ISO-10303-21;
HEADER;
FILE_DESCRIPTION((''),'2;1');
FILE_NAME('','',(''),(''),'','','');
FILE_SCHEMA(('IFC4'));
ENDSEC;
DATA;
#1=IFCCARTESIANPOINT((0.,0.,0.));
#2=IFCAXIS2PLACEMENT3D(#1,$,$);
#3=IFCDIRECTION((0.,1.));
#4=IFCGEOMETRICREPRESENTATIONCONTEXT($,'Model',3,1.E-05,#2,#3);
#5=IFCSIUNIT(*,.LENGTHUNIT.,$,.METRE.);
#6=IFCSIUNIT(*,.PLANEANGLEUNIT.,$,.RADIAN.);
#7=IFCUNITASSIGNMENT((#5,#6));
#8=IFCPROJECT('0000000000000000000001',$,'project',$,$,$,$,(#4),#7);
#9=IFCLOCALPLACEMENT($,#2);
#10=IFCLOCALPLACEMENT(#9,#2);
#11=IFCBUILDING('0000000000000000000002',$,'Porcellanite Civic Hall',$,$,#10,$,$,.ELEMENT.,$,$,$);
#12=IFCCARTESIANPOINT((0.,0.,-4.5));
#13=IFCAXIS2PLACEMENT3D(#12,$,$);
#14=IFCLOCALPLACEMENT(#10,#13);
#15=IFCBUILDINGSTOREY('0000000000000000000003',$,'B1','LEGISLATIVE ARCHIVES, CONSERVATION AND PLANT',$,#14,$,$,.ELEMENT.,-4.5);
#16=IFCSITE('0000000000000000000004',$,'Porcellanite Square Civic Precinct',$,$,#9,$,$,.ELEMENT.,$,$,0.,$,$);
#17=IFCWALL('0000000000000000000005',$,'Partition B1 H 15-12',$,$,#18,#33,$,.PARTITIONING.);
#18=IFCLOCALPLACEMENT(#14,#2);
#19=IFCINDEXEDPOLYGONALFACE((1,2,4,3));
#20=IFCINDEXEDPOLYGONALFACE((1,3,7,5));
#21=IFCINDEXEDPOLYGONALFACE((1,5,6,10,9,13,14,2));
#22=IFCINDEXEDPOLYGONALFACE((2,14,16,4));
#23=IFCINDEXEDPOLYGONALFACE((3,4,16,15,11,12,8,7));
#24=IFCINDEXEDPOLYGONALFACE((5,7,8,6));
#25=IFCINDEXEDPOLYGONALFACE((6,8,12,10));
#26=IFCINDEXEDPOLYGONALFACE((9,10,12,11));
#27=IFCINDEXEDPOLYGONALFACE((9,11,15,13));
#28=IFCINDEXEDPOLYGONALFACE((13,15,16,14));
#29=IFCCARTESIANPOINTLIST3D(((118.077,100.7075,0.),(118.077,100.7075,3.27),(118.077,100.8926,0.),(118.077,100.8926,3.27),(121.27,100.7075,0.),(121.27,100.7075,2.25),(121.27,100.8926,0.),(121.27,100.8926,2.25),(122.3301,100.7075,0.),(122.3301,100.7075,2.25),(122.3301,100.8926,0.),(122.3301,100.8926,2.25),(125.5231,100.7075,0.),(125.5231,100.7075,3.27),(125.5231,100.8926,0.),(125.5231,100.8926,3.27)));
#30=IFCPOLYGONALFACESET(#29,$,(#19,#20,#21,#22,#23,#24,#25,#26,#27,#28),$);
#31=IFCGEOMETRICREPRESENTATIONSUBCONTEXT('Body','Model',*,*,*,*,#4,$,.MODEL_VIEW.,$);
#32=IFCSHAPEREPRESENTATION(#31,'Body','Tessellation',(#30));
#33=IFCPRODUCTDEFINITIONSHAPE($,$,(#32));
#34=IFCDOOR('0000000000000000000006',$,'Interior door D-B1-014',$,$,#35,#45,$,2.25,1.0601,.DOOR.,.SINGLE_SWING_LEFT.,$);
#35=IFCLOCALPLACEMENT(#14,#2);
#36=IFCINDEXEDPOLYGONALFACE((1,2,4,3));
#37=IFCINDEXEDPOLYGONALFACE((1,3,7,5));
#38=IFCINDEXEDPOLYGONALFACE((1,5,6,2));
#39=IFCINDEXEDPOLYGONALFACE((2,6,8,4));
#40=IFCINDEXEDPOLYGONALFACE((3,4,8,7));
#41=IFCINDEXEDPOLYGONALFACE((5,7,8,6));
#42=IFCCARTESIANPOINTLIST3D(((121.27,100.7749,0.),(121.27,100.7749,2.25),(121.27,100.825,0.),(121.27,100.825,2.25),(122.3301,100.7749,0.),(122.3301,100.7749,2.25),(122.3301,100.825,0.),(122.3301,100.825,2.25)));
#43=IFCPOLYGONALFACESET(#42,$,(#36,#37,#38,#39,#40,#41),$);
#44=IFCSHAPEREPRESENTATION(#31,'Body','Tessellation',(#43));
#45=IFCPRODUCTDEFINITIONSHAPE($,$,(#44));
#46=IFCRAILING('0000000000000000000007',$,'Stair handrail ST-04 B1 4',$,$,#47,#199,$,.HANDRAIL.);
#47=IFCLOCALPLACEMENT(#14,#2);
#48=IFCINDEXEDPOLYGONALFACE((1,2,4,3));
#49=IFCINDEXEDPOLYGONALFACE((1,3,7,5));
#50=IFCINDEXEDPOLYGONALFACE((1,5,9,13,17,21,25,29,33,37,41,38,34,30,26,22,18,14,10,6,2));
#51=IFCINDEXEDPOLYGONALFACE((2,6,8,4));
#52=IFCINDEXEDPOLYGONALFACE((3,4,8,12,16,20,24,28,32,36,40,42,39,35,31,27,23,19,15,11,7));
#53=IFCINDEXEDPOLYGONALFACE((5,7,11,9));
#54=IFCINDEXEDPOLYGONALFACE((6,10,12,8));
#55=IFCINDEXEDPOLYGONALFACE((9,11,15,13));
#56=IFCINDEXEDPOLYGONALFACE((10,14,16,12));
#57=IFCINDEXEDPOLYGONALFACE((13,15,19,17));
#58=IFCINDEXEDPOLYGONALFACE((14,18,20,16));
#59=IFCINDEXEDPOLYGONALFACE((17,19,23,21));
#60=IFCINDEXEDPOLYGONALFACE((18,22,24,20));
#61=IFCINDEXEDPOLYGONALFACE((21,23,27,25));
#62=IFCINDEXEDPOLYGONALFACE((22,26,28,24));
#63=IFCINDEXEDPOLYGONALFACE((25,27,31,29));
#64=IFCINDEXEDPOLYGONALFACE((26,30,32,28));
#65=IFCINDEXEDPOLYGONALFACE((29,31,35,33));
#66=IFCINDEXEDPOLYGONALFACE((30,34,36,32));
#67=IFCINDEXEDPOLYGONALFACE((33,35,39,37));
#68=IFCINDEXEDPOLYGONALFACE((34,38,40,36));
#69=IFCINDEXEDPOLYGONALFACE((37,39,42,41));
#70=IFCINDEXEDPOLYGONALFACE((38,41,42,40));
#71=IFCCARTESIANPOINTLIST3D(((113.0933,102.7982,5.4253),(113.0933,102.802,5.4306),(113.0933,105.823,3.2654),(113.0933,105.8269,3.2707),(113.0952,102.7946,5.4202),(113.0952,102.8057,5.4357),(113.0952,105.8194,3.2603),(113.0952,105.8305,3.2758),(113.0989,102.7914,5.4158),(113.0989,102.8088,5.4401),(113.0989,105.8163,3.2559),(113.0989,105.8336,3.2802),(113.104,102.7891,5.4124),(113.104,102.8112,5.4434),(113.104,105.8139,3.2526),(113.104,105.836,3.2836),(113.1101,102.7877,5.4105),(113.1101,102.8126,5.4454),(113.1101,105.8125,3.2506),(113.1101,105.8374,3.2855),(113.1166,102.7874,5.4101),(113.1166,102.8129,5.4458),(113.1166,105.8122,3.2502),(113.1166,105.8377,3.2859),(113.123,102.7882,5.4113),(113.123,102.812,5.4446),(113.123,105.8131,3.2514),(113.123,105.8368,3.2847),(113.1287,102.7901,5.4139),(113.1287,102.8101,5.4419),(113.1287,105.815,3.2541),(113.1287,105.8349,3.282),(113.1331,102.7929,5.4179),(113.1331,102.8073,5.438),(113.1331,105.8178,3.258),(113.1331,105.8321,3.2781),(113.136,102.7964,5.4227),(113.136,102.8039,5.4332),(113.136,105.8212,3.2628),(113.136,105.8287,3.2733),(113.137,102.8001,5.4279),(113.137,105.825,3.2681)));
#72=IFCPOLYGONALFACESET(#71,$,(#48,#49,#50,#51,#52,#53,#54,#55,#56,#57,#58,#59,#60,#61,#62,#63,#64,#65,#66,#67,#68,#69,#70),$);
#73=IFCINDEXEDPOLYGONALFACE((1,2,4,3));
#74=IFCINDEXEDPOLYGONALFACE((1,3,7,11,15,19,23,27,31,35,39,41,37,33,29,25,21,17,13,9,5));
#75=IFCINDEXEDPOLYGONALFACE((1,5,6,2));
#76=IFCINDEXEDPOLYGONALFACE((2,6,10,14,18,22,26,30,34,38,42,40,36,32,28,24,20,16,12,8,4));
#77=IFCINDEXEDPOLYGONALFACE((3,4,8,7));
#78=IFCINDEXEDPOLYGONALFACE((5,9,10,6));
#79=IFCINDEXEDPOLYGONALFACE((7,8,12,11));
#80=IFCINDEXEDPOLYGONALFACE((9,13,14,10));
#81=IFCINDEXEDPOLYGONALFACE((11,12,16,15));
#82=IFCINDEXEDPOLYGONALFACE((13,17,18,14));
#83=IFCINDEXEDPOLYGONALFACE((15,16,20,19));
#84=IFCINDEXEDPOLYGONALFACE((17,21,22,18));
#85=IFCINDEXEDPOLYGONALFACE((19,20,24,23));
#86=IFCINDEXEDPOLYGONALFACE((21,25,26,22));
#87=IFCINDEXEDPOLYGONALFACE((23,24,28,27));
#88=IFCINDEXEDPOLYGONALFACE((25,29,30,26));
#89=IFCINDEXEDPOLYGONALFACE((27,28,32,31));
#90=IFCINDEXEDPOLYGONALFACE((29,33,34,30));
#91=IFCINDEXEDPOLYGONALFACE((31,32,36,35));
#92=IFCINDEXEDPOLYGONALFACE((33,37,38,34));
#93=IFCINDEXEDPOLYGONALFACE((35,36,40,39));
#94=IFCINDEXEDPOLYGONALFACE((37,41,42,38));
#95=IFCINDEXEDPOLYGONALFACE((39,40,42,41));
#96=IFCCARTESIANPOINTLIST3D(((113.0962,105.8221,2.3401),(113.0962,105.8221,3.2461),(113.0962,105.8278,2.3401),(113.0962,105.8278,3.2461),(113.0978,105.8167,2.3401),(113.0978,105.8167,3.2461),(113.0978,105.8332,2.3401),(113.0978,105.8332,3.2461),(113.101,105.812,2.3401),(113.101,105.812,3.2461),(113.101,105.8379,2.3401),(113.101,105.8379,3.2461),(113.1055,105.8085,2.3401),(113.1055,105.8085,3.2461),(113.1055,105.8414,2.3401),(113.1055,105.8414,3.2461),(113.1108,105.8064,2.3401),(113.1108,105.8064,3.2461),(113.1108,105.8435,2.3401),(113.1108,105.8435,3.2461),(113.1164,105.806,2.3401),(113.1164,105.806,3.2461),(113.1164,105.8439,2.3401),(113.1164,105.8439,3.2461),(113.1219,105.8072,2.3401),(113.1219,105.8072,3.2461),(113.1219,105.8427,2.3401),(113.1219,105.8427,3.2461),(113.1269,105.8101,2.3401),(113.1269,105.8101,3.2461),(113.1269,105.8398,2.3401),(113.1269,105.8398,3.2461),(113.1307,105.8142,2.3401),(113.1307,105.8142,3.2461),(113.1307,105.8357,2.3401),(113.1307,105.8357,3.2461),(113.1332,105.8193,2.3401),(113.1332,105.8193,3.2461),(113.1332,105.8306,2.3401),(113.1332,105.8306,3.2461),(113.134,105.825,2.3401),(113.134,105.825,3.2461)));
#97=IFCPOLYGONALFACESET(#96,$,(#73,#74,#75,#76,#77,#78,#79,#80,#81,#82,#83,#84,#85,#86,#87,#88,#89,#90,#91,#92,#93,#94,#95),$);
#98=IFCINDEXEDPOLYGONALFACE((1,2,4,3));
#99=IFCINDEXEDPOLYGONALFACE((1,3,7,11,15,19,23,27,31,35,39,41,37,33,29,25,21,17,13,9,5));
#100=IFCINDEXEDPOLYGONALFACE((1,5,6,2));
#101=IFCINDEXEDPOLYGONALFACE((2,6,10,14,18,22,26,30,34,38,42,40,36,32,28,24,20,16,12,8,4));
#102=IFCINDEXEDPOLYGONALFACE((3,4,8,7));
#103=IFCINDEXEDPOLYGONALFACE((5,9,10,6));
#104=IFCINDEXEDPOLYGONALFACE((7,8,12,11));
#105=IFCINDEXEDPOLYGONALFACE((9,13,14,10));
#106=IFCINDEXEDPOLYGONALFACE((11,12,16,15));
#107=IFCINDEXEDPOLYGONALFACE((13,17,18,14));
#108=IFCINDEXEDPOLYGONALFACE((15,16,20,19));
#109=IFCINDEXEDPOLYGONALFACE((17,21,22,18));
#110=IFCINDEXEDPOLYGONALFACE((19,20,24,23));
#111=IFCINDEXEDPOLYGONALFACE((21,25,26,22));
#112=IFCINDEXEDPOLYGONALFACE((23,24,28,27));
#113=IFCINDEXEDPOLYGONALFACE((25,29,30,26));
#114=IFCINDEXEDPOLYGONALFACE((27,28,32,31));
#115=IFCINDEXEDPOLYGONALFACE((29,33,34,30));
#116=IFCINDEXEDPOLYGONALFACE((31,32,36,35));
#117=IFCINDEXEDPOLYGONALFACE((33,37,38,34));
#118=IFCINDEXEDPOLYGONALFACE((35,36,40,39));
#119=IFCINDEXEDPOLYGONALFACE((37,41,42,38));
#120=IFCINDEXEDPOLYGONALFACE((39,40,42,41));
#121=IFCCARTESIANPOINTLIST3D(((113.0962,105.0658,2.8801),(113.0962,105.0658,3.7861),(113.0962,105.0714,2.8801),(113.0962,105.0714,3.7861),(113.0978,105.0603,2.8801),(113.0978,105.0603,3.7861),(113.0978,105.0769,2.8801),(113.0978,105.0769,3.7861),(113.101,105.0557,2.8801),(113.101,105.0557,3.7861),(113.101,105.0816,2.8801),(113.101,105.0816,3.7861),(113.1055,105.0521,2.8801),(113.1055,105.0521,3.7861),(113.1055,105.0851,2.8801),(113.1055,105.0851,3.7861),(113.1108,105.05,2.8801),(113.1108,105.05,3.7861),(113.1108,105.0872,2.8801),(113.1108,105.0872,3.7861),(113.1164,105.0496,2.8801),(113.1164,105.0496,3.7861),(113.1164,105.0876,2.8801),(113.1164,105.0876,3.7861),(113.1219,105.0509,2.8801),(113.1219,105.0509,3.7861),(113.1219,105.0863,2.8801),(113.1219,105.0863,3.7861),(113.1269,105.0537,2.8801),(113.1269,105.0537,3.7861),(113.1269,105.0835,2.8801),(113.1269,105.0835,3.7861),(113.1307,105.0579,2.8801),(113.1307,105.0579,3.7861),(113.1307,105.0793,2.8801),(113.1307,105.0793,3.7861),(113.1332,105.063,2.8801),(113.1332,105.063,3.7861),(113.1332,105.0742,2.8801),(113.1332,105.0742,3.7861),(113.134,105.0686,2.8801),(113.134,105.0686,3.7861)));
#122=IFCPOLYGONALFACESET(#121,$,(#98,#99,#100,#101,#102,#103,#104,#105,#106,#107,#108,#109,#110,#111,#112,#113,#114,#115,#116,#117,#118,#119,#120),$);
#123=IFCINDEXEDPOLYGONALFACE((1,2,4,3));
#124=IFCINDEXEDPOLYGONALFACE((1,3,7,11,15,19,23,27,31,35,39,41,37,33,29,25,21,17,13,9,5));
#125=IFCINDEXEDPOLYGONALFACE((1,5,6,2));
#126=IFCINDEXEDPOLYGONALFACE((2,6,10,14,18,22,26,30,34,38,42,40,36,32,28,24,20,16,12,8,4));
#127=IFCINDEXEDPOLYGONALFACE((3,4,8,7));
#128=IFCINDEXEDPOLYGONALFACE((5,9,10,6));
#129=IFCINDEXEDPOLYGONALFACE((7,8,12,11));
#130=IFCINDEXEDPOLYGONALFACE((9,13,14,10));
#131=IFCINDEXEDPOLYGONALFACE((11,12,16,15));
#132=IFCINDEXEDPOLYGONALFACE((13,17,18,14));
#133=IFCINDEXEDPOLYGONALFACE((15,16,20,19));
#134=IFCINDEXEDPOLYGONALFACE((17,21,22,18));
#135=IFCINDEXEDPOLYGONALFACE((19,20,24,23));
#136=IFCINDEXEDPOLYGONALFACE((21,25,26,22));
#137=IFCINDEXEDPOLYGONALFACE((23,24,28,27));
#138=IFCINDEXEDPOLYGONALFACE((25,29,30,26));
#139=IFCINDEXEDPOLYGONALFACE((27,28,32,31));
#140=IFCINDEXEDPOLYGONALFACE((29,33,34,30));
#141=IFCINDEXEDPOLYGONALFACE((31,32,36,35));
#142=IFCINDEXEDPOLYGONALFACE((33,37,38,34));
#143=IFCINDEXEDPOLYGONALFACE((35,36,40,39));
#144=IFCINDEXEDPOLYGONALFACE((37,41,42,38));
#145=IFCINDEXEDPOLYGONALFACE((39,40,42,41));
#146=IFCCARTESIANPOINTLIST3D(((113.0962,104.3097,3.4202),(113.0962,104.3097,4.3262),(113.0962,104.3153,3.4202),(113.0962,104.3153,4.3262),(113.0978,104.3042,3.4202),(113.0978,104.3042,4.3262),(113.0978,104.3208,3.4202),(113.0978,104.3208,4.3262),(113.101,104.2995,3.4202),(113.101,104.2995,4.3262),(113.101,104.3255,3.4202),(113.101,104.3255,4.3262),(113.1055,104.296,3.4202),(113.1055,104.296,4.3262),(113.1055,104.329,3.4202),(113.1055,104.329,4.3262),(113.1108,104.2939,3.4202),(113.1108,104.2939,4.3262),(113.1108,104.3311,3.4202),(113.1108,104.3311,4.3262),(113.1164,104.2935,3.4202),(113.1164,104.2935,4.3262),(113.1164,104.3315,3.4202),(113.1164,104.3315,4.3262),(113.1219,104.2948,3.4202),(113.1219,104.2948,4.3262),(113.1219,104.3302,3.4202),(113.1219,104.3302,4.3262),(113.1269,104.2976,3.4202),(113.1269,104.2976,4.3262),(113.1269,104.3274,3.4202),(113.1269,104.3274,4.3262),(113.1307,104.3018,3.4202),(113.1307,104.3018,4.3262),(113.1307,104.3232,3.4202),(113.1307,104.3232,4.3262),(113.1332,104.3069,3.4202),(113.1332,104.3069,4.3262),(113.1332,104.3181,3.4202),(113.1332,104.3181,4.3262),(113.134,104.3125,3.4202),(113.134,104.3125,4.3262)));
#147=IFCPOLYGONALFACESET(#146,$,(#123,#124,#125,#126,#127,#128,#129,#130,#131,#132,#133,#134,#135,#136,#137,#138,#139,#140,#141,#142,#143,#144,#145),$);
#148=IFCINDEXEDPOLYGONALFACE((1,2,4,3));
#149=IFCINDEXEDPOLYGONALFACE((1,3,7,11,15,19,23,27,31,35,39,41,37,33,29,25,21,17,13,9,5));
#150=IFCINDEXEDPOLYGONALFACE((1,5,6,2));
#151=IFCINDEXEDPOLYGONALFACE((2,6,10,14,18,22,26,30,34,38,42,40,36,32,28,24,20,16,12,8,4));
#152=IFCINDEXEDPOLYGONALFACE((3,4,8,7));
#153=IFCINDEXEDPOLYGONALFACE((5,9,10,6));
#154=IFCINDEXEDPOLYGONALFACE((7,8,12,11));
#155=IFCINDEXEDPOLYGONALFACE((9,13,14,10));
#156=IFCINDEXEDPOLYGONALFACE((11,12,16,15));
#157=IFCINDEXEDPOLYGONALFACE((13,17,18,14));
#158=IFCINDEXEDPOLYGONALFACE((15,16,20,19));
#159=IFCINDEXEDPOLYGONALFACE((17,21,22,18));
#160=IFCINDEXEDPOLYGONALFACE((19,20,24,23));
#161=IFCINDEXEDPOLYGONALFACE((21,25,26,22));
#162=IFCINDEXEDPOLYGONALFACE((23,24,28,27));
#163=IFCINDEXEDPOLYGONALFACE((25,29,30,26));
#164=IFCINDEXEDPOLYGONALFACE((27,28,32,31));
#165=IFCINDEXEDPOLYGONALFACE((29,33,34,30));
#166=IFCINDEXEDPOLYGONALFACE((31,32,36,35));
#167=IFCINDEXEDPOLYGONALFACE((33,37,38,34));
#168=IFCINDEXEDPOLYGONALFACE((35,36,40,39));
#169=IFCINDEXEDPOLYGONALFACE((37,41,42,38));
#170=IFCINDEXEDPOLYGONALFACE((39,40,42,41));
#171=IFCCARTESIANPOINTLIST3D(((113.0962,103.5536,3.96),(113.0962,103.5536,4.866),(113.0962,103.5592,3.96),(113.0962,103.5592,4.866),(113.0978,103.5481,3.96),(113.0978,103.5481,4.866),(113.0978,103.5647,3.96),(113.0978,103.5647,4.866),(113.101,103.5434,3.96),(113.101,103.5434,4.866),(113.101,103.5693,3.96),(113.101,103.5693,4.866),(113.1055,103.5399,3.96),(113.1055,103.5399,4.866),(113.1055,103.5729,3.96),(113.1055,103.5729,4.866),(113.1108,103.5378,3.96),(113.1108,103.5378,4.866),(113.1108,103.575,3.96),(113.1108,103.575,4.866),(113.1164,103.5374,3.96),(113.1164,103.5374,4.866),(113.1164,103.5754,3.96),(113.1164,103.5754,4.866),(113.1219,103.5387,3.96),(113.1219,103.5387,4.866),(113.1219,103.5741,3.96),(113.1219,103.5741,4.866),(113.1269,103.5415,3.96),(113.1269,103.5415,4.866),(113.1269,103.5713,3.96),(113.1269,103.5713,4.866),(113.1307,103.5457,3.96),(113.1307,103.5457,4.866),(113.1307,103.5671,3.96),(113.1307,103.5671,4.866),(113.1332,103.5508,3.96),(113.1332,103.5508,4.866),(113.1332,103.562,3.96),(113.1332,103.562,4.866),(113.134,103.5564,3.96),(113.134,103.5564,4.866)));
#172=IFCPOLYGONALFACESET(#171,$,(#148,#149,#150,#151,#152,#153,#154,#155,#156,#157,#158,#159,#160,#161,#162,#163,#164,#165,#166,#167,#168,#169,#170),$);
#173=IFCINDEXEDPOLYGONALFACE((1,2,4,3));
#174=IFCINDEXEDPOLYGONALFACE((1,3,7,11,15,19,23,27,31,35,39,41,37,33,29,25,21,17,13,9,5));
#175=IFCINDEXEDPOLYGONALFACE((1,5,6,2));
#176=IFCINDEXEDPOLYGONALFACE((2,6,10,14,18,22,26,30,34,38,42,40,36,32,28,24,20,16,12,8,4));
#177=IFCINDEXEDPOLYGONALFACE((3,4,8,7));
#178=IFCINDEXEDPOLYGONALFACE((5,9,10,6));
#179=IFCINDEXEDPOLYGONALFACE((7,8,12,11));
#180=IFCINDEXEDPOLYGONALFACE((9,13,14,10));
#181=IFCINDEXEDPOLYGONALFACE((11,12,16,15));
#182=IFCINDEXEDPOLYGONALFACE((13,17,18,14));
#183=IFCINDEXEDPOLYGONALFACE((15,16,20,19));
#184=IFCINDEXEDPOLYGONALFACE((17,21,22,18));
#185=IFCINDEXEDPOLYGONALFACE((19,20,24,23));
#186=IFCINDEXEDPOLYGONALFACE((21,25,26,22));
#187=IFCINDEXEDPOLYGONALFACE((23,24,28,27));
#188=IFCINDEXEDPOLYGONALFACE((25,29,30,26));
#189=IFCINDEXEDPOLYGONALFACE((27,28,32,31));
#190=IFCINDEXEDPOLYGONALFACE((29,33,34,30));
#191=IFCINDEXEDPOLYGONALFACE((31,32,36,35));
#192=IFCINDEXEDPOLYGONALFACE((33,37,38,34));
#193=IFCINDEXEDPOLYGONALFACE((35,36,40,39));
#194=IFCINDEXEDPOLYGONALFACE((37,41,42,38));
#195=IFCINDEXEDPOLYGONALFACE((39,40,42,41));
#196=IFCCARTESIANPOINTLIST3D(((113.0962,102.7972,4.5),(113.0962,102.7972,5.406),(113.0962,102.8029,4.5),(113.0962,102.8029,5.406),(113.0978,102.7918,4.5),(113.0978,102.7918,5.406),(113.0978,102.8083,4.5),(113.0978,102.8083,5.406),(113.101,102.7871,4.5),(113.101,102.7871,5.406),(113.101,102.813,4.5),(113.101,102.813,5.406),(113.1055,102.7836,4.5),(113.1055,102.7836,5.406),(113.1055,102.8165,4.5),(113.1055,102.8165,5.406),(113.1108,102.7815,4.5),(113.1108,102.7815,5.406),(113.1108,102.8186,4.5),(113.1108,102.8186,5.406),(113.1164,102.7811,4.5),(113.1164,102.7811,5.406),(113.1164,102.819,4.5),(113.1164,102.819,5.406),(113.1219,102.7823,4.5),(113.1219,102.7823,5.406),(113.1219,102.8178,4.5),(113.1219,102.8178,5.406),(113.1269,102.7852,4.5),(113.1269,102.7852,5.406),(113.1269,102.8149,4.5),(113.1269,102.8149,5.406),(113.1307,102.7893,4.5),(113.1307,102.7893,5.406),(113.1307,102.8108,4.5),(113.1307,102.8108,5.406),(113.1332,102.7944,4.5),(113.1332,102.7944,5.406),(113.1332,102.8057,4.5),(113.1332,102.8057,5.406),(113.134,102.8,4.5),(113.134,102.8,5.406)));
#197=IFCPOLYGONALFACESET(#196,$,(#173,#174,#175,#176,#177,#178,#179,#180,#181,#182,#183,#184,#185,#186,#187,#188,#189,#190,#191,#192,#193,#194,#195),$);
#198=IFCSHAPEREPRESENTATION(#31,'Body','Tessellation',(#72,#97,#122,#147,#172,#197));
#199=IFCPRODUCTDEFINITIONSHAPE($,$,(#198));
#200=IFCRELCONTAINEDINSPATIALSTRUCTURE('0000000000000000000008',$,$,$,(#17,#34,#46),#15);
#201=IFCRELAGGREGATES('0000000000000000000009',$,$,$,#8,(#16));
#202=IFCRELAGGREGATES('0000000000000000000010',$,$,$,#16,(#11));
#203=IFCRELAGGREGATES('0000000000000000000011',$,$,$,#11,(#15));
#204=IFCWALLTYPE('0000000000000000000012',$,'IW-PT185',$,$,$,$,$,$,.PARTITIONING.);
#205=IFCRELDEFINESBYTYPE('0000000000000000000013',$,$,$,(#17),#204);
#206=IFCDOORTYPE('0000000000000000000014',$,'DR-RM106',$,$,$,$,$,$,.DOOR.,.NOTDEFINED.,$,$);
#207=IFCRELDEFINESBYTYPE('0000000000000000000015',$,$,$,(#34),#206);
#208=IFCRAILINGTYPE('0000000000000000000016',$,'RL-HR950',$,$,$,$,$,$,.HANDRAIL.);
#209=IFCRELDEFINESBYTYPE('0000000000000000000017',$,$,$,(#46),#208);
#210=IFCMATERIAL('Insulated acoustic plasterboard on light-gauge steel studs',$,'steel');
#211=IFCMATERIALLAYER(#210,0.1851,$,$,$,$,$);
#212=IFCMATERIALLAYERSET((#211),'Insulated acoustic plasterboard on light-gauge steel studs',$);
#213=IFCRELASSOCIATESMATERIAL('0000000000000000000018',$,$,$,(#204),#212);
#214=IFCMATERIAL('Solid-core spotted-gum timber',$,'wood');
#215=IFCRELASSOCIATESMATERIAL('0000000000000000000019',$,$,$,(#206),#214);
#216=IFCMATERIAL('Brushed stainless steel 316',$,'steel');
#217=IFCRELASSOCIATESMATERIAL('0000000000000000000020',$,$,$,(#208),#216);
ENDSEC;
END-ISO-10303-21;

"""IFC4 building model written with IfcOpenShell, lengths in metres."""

from ifc_helpers import new_model, si_unit, direction, frame, frame_2d, origin, origin_2d, place, context, subcontext, project, spatial, rectangle, circle, extrude, material, layer, layer_set, type_object, element, fill, save


model = new_model("IFC4")

# Units and contexts
model_context = context("Model", 3, precision=1e-05, world=origin(), true_north=direction((0.0, 1.0)))
body_context = subcontext(model_context, "Body", "Model", "MODEL_VIEW")
ifc_project = project(units=[si_unit("LENGTHUNIT", "METRE"), si_unit("PLANEANGLEUNIT", "RADIAN")], contexts=[model_context])

# Site, building, storey
site_placement = place(None, origin())
site = spatial("IfcSite", under=ifc_project, at=site_placement, Name="Porcellanite Square Civic Precinct", CompositionType="ELEMENT", RefElevation=0.0)
building_placement = place(site_placement, origin())
building = spatial("IfcBuilding", under=site, at=building_placement, Name="Porcellanite Civic Hall", CompositionType="ELEMENT")
storey_placement = place(building_placement, frame((0.0, 0.0, -4.5)))
storey = spatial("IfcBuildingStorey", under=building, at=storey_placement, Name="B1", Description="LEGISLATIVE ARCHIVES, CONSERVATION AND PLANT", CompositionType="ELEMENT", Elevation=-4.5)

# Wall, opening, door
ifc_material_1 = material(Name="Insulated acoustic plasterboard on light-gauge steel studs", Category="steel")
ifc_layer_1 = layer(ifc_material_1, 0.1851)
ifc_layer_set_1 = layer_set([ifc_layer_1], Name="Insulated acoustic plasterboard on light-gauge steel studs")
wall_type_1 = type_object("IfcWallType", Name="IW-PT185", PredefinedType="PARTITIONING", material=ifc_layer_set_1)
wall_1_placement = place(storey_placement, frame((118.0769, 100.8, 0.0), z_axis=(0.0, 0.0, 1.0), x_axis=(1.0, 0.0, 0.0)))
wall_1 = element("IfcWall", 1, at=wall_1_placement, inside=storey, type_object=wall_type_1, Name="Partition B1 H 15-12", PredefinedType="PARTITIONING", context=body_context, shape_type="SweptSolid", body=[
    extrude(rectangle(XDim=7.446, YDim=0.1851, at=frame_2d((3.7231, 0.0))), origin(), (0.0, 0.0, 1.0), 3.27),
])
opening_1_placement = place(wall_1_placement, frame((3.1931, 0.0, 0.0)))
opening_1 = element("IfcOpeningElement", 2, at=opening_1_placement, cuts=wall_1, PredefinedType="OPENING", context=body_context, shape_type="SweptSolid", body=[
    extrude(rectangle(XDim=1.0601, YDim=2.25, at=frame_2d((0.53, 1.125))), frame((0.0, 0.0925, 0.0), z_axis=(0.0, -1.0, 0.0), x_axis=(1.0, 0.0, 0.0)), (0.0, 0.0, 1.0), 0.1851),
])
ifc_material_2 = material(Name="Solid-core spotted-gum timber", Category="wood")
door_type_1 = type_object("IfcDoorType", Name="DR-RM106", OperationType="NOTDEFINED", PredefinedType="DOOR", material=ifc_material_2)
door_1_placement = place(opening_1_placement, origin())
door_1 = element("IfcDoor", 3, at=door_1_placement, inside=storey, type_object=door_type_1, Name="Interior door D-B1-014", OperationType="SINGLE_SWING_LEFT", OverallHeight=2.25, OverallWidth=1.0601, PredefinedType="DOOR", context=body_context, shape_type="SweptSolid", body=[
    extrude(rectangle(XDim=1.0601, YDim=2.25, at=frame_2d((0.53, 1.125))), frame((0.0, 0.0249, 0.0), z_axis=(0.0, -1.0, 0.0), x_axis=(1.0, 0.0, 0.0)), (0.0, 0.0, 1.0), 0.05),
])
fill(opening_1, door_1)

# Railing
ifc_material_3 = material(Name="Brushed stainless steel 316", Category="steel")
railing_type = type_object("IfcRailingType", Name="RL-HR950", PredefinedType="HANDRAIL", material=ifc_material_3)
railing_placement = place(storey_placement, frame((113.115, 105.825, 2.3401)))
element("IfcRailing", 4, at=railing_placement, inside=storey, type_object=railing_type, Name="Stair handrail ST-04 B1 4", PredefinedType="HANDRAIL", context=body_context, shape_type="SweptSolid", body=[
    extrude(circle(Radius=0.022, at=origin_2d()), frame((0.0, 0.0, 0.928), z_axis=(0.0, -0.813827, 0.581108), x_axis=(1.0, 0.0, 0.0)), (0.0, 0.0, 1.0), 3.7168),
    extrude(circle(Radius=0.019, at=origin_2d()), origin(), (0.0, 0.0, 1.0), 0.906),
    extrude(circle(Radius=0.019, at=origin_2d()), frame((0.0, -0.7563, 0.54)), (0.0, 0.0, 1.0), 0.906),
    extrude(circle(Radius=0.019, at=origin_2d()), frame((0.0, -1.5125, 1.0801)), (0.0, 0.0, 1.0), 0.906),
    extrude(circle(Radius=0.019, at=origin_2d()), frame((0.0, -2.2686, 1.6199)), (0.0, 0.0, 1.0), 0.906),
    extrude(circle(Radius=0.019, at=origin_2d()), frame((0.0, -3.0249, 2.1599)), (0.0, 0.0, 1.0), 0.906),
])

save(model, "model.ifc")
